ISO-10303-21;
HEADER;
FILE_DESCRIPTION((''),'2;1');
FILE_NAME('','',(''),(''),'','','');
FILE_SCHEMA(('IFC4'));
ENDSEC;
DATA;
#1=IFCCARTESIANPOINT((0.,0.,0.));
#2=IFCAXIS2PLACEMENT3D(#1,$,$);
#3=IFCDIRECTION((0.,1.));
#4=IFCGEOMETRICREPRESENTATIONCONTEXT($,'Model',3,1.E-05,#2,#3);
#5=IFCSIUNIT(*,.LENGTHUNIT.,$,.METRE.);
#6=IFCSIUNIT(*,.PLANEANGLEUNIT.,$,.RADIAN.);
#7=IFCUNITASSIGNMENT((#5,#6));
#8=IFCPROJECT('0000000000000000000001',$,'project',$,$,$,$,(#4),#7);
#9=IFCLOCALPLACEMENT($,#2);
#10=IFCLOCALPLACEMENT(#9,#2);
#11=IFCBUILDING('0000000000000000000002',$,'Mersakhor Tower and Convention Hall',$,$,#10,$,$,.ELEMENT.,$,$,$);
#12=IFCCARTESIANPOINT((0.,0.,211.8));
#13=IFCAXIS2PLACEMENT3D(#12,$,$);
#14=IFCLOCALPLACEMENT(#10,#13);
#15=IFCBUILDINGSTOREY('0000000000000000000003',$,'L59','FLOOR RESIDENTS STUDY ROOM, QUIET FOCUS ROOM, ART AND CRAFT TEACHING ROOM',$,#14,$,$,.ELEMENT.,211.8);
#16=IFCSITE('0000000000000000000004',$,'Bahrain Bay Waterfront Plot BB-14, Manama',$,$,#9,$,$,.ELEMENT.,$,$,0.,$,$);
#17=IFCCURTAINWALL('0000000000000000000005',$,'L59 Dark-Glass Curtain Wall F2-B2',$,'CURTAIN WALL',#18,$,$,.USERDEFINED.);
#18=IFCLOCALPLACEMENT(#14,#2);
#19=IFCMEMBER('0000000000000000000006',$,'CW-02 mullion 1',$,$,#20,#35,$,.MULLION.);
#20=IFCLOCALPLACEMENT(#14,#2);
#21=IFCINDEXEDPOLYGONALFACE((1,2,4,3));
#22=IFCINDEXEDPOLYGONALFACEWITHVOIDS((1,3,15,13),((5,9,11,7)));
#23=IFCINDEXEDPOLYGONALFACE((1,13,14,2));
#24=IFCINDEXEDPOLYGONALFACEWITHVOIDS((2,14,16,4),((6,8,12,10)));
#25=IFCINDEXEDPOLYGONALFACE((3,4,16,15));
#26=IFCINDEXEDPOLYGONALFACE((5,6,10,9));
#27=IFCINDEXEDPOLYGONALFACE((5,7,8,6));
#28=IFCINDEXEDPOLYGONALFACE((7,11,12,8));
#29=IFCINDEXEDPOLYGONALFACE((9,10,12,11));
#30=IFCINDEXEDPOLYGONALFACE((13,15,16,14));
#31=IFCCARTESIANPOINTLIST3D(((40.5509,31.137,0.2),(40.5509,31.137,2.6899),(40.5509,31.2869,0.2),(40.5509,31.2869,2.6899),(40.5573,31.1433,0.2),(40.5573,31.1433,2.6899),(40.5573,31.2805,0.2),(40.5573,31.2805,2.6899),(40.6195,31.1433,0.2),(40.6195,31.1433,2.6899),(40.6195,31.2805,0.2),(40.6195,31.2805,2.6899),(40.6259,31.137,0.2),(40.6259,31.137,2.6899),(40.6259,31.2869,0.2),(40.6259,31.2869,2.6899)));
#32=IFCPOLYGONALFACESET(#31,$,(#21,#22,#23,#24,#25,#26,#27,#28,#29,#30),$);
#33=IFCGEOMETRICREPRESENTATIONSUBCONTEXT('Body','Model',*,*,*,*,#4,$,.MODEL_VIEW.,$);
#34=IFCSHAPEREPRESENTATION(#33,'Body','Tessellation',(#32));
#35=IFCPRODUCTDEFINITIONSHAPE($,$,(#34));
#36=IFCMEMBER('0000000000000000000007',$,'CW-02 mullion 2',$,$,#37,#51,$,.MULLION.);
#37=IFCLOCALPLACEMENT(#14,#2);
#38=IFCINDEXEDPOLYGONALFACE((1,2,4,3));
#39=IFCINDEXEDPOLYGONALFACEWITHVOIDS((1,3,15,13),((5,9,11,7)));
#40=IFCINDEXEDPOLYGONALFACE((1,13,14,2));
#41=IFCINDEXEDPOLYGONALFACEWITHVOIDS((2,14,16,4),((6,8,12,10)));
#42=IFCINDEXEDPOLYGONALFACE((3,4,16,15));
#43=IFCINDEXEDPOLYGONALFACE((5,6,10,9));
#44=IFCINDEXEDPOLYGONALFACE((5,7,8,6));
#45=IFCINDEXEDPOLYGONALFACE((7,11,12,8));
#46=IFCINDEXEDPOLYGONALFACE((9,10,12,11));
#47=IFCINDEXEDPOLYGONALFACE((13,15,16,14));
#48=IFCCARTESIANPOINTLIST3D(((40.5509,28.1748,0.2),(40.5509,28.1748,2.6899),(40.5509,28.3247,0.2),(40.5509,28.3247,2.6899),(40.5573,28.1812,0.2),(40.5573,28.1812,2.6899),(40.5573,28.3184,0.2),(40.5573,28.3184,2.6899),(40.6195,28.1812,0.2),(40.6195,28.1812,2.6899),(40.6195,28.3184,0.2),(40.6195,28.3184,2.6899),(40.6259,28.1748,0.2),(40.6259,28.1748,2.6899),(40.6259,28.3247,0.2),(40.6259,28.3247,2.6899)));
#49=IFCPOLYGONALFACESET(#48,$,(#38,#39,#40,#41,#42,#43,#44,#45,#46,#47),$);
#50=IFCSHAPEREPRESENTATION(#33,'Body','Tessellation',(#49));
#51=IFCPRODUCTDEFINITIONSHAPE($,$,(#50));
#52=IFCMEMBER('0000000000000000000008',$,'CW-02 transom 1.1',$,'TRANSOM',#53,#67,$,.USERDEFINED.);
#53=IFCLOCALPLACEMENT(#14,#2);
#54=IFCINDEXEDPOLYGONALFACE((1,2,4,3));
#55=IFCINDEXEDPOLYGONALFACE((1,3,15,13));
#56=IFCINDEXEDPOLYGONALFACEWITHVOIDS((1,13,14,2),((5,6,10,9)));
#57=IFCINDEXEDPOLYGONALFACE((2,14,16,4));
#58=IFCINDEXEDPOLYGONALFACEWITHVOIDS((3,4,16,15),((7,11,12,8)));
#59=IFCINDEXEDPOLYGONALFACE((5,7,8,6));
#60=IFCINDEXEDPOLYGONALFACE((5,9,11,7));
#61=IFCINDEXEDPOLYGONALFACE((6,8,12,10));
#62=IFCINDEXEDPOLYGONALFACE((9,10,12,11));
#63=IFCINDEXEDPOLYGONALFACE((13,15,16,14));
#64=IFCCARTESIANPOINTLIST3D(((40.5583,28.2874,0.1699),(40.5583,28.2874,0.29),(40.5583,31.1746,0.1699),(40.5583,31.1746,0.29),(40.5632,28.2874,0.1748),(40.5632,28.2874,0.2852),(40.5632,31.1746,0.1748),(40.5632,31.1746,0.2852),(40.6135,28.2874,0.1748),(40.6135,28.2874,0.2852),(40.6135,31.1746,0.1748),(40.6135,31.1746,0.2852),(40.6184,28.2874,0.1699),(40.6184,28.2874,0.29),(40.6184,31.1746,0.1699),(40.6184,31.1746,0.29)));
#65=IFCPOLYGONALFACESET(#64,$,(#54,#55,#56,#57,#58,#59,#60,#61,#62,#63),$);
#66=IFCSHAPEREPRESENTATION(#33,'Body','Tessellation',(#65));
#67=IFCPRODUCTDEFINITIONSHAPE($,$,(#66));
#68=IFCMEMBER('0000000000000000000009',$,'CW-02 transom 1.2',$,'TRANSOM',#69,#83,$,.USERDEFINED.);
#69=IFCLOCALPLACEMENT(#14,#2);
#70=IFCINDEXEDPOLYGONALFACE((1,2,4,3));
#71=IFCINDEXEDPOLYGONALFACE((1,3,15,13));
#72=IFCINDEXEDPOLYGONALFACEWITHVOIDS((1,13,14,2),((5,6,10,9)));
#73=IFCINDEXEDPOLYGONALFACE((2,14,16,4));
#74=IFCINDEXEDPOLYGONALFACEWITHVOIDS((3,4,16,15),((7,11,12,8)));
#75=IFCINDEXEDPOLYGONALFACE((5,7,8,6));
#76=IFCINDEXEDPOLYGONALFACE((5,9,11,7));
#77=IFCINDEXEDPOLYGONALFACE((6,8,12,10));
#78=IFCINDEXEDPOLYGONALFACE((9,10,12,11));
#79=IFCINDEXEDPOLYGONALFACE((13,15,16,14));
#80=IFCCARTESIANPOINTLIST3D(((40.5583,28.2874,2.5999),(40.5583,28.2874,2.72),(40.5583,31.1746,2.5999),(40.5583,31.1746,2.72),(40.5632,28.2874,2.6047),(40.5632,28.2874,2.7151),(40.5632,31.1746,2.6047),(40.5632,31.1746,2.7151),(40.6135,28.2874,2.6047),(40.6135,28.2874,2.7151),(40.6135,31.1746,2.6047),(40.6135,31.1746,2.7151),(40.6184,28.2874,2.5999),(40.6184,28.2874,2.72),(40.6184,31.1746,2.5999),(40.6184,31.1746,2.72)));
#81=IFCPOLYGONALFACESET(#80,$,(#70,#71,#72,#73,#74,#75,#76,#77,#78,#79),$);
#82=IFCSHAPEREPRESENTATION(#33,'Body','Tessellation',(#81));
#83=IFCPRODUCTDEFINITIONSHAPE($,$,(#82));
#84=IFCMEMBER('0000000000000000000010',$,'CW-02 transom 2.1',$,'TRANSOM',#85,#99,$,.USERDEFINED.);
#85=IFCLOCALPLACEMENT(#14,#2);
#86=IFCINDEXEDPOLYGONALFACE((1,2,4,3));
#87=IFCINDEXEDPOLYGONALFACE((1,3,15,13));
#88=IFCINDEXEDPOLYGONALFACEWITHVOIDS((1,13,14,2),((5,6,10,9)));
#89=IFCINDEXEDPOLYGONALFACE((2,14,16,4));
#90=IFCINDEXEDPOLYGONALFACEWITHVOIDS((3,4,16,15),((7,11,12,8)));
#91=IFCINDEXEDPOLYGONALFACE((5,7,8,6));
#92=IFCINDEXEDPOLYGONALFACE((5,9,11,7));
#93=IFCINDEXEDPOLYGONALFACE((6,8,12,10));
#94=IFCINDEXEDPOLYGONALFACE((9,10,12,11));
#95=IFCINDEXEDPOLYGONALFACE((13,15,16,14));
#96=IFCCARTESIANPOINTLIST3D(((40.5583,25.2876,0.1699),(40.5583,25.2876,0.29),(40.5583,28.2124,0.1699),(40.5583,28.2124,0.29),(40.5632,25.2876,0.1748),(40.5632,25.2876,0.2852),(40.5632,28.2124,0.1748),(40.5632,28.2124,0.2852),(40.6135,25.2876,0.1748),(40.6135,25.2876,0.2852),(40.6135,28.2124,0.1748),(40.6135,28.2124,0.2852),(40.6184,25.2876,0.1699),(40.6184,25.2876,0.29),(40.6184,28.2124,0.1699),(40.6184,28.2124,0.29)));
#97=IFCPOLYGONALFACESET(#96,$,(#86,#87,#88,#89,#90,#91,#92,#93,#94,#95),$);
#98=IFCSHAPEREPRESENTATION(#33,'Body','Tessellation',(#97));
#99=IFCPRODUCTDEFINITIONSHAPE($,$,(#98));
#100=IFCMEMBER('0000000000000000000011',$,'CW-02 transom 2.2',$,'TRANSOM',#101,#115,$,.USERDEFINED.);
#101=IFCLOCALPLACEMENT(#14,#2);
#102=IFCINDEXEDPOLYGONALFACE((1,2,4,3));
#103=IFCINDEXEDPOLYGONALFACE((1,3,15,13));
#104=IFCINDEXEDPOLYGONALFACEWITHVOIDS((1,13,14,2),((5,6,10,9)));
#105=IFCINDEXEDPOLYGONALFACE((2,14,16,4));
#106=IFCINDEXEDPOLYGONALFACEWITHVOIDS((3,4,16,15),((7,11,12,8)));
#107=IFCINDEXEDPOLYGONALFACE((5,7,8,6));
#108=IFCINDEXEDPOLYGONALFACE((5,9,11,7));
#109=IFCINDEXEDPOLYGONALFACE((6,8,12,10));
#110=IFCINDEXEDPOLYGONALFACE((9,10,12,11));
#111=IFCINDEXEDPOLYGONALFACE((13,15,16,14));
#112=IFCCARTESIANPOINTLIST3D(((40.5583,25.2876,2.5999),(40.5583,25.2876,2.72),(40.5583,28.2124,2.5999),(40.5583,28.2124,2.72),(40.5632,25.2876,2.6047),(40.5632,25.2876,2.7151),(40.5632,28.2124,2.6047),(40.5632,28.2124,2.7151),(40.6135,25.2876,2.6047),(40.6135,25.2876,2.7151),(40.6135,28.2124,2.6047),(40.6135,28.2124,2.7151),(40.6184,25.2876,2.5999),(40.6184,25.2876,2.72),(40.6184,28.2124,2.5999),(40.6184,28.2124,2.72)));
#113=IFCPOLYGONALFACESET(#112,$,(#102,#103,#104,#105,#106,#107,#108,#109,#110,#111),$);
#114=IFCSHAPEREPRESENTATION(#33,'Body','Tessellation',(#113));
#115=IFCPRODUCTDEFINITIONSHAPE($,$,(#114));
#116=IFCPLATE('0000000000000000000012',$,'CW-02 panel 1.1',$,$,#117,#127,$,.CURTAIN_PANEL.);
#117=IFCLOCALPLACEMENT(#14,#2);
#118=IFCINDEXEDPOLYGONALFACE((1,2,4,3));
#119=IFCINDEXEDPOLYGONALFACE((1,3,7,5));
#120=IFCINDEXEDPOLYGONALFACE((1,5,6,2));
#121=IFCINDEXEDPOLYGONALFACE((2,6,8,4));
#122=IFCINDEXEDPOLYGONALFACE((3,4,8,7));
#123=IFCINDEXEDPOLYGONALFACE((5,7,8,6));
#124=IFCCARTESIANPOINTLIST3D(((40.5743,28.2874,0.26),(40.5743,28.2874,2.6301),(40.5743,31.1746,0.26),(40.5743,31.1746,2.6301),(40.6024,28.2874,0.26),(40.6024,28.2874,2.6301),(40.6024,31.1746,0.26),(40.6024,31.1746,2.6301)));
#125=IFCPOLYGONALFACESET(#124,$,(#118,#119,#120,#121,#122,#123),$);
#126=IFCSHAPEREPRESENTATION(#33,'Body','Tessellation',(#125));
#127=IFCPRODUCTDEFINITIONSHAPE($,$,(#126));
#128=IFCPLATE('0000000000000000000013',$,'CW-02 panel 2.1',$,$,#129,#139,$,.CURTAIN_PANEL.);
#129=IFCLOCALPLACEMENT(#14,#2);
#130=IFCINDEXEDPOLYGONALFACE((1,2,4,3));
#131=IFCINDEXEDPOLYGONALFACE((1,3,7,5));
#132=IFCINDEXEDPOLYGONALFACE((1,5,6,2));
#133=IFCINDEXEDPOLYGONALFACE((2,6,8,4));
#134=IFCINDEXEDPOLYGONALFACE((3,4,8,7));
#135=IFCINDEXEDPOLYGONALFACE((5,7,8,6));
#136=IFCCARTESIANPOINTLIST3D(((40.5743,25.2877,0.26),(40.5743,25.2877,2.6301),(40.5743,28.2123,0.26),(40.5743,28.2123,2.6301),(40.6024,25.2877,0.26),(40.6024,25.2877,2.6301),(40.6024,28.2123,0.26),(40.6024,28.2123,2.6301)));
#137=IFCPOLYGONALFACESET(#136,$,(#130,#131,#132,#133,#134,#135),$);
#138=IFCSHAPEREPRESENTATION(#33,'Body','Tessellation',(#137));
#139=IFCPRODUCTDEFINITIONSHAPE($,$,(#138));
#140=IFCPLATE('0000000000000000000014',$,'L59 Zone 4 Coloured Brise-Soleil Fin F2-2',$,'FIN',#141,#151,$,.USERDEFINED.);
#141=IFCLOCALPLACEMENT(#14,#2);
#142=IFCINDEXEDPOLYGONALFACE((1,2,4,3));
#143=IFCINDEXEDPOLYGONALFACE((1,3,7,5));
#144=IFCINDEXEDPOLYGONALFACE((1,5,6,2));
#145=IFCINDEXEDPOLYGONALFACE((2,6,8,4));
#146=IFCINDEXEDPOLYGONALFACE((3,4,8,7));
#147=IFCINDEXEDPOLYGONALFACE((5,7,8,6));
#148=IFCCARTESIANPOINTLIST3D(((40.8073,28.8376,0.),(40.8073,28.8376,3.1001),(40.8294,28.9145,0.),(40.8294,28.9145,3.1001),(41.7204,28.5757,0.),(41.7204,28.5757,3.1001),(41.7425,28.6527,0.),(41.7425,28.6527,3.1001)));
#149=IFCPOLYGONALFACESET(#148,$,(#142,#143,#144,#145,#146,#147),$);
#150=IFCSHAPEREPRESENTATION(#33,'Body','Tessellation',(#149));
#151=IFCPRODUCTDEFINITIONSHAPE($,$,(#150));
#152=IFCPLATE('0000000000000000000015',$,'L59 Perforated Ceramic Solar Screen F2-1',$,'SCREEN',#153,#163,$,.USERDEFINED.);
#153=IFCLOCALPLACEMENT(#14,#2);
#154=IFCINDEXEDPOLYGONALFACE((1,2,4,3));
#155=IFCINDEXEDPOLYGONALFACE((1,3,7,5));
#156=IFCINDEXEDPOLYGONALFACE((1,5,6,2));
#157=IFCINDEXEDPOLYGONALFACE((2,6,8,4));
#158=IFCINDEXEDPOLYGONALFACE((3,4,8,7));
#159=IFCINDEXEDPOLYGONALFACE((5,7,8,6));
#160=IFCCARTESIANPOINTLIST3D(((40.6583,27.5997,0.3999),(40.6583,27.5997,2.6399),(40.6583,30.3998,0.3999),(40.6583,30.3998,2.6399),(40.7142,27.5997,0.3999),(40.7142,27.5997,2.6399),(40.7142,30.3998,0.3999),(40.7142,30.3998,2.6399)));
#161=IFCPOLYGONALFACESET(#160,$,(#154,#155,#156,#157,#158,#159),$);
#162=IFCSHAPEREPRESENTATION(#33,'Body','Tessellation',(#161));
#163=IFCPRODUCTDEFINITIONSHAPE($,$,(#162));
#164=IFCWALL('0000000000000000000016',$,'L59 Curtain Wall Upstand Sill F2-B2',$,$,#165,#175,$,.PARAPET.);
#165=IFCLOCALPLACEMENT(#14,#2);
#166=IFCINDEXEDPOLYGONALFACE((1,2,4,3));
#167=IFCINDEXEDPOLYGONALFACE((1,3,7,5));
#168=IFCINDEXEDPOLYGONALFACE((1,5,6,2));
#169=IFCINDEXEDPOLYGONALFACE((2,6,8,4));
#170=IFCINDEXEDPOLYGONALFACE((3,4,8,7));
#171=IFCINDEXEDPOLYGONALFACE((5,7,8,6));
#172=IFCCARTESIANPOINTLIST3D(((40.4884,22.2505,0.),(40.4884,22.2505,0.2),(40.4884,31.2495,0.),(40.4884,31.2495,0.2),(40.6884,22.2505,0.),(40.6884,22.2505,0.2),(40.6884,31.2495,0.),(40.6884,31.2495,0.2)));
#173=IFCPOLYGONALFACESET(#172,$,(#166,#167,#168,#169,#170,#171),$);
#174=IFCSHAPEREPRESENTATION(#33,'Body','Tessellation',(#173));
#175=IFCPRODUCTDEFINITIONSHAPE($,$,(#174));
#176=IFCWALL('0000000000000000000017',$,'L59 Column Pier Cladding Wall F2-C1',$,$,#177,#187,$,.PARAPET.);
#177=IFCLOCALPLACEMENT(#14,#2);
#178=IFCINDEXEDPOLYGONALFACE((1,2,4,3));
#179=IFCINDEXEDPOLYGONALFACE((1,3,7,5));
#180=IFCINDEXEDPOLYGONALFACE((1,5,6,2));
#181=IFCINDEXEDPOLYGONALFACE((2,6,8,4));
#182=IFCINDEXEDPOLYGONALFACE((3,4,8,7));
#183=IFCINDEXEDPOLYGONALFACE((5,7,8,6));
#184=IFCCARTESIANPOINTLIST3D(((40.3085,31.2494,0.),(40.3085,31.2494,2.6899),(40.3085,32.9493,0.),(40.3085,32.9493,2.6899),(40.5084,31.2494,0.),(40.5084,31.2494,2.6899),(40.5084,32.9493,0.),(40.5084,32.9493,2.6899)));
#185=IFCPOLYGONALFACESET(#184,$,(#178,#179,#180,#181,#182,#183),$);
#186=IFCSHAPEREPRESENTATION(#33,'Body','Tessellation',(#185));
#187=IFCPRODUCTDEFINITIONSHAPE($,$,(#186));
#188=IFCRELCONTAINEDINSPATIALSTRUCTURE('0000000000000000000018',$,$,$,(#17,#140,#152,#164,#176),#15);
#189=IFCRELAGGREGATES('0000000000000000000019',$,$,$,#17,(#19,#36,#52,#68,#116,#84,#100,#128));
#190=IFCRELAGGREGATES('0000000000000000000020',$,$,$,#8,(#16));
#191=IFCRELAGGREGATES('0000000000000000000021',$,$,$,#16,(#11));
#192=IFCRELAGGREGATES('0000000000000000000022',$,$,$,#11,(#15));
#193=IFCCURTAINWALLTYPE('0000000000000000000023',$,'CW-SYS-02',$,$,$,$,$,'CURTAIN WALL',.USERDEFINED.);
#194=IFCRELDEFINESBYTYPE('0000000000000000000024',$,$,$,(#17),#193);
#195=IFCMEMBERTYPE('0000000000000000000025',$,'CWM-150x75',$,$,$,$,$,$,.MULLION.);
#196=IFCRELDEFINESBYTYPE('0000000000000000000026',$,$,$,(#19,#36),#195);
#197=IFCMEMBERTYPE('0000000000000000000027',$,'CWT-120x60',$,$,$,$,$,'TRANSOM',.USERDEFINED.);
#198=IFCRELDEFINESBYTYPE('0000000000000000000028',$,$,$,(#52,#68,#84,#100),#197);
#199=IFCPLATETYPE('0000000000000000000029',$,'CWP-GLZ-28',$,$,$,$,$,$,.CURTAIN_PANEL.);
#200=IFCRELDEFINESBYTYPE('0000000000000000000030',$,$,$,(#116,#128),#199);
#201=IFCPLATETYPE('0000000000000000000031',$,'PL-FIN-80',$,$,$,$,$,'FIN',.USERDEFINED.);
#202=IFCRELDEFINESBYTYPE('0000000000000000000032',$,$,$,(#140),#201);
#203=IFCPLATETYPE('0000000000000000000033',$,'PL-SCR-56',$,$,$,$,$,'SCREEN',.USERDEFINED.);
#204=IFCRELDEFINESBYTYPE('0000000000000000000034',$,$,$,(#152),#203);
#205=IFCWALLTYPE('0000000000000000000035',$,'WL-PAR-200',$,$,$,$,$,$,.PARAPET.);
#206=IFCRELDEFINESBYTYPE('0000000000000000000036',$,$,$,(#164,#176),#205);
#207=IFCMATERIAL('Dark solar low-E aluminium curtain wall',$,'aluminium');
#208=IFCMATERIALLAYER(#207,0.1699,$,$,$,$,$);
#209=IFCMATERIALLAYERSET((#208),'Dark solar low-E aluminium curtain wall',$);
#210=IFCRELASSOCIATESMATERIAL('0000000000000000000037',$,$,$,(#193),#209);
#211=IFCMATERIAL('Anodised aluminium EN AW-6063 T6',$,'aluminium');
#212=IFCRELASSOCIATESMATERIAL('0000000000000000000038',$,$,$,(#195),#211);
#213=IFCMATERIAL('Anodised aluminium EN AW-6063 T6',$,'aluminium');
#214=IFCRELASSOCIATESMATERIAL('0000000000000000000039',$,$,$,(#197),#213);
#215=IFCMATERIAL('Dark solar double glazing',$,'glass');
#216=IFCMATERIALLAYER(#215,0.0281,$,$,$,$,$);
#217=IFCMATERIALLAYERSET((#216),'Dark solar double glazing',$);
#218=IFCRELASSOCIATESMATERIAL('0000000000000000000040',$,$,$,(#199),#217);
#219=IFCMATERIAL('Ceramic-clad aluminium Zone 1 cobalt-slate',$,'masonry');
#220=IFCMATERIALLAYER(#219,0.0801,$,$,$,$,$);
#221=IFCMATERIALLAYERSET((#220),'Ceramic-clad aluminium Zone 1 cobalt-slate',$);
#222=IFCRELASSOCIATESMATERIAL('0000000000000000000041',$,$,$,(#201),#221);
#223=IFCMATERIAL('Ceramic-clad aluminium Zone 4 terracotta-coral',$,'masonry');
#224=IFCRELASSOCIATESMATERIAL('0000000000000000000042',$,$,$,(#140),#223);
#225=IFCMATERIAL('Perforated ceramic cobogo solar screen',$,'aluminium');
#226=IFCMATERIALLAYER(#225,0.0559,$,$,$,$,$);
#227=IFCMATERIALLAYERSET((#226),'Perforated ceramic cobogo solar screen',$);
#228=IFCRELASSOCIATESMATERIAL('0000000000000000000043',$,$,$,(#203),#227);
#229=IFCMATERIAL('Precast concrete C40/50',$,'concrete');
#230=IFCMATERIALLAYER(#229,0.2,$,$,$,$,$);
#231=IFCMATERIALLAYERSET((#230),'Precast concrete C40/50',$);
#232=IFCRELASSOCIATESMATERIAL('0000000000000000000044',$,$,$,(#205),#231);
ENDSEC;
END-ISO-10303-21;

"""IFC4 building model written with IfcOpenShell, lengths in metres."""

from ifc_helpers import new_model, si_unit, direction, frame, frame_2d, origin, origin_2d, place, context, subcontext, project, spatial, rectangle, hollow_rectangle, extrude, material, layer, layer_set, material_profile, profile_set, type_object, element, aggregate, save


model = new_model("IFC4")

# Units and contexts
model_context = context("Model", 3, precision=1e-05, world=origin(), true_north=direction((0.0, 1.0)))
body_context = subcontext(model_context, "Body", "Model", "MODEL_VIEW")
ifc_project = project(units=[si_unit("LENGTHUNIT", "METRE"), si_unit("PLANEANGLEUNIT", "RADIAN")], contexts=[model_context])

# Site, building, storey
site_placement = place(None, origin())
site = spatial("IfcSite", under=ifc_project, at=site_placement, Name="Bahrain Bay Waterfront Plot BB-14, Manama", CompositionType="ELEMENT", RefElevation=0.0)
building_placement = place(site_placement, origin())
building = spatial("IfcBuilding", under=site, at=building_placement, Name="Mersakhor Tower and Convention Hall", CompositionType="ELEMENT")
storey_placement = place(building_placement, frame((0.0, 0.0, 211.8)))
storey = spatial("IfcBuildingStorey", under=building, at=storey_placement, Name="L59", Description="FLOOR RESIDENTS STUDY ROOM, QUIET FOCUS ROOM, ART AND CRAFT TEACHING ROOM", CompositionType="ELEMENT", Elevation=211.8)

# Curtain wall, members, plates
ifc_material_1 = material(Name="Dark solar low-E aluminium curtain wall", Category="aluminium")
ifc_layer_1 = layer(ifc_material_1, 0.1699)
ifc_layer_set_1 = layer_set([ifc_layer_1], Name="Dark solar low-E aluminium curtain wall")
curtain_wall_type = type_object("IfcCurtainWallType", Name="CW-SYS-02", ElementType="CURTAIN WALL", PredefinedType="USERDEFINED", material=ifc_layer_set_1)
curtain_wall_placement = place(storey_placement, origin())
curtain_wall = element("IfcCurtainWall", 1, at=curtain_wall_placement, inside=storey, type_object=curtain_wall_type, Name="L59 Dark-Glass Curtain Wall F2-B2", ObjectType="CURTAIN WALL", PredefinedType="USERDEFINED")
ifc_material_2 = material(Name="Anodised aluminium EN AW-6063 T6", Category="aluminium")
ifc_material_profile_1 = material_profile(ifc_material_2, hollow_rectangle(XDim=0.075, YDim=0.1499, WallThickness=0.0063, at=origin_2d()), Name="RHS 150x75x6.3")
ifc_profile_set_1 = profile_set([ifc_material_profile_1], Name="Anodised aluminium EN AW-6063 T6")
member_type_1 = type_object("IfcMemberType", Name="CWM-150x75", PredefinedType="MULLION", material=ifc_profile_set_1)
member_1_placement = place(storey_placement, frame((40.5884, 31.2119, 0.2), z_axis=(0.0, 0.0, 1.0), x_axis=(1.0, 0.0, 0.0)))
member_1 = element("IfcMember", 2, at=member_1_placement, type_object=member_type_1, Name="CW-02 mullion 1", PredefinedType="MULLION", context=body_context, shape_type="SweptSolid", body=[
    extrude(hollow_rectangle(XDim=0.075, YDim=0.1499, WallThickness=0.0063, at=origin_2d()), origin(), (0.0, 0.0, 1.0), 2.49),
])
member_2_placement = place(storey_placement, frame((40.5884, 28.2498, 0.2), z_axis=(0.0, 0.0, 1.0), x_axis=(1.0, 0.0, 0.0)))
member_2 = element("IfcMember", 3, at=member_2_placement, type_object=member_type_1, Name="CW-02 mullion 2", PredefinedType="MULLION", context=body_context, shape_type="SweptSolid", body=[
    extrude(hollow_rectangle(XDim=0.075, YDim=0.1499, WallThickness=0.0063, at=origin_2d()), origin(), (0.0, 0.0, 1.0), 2.49),
])
ifc_material_3 = material(Name="Anodised aluminium EN AW-6063 T6", Category="aluminium")
ifc_material_profile_2 = material_profile(ifc_material_3, hollow_rectangle(XDim=0.0601, YDim=0.1201, WallThickness=0.0049, at=origin_2d()), Name="RHS 120x60x5")
ifc_profile_set_2 = profile_set([ifc_material_profile_2], Name="Anodised aluminium EN AW-6063 T6")
member_type_2 = type_object("IfcMemberType", Name="CWT-120x60", ElementType="TRANSOM", PredefinedType="USERDEFINED", material=ifc_profile_set_2)
member_3_placement = place(storey_placement, frame((40.5884, 31.1746, 0.23), z_axis=(0.0, -1.0, 0.0), x_axis=(1.0, 0.0, 0.0)))
member_3 = element("IfcMember", 4, at=member_3_placement, type_object=member_type_2, Name="CW-02 transom 1.1", ObjectType="TRANSOM", PredefinedType="USERDEFINED", context=body_context, shape_type="SweptSolid", body=[
    extrude(hollow_rectangle(XDim=0.0601, YDim=0.1201, WallThickness=0.0049, at=origin_2d()), origin(), (0.0, 0.0, 1.0), 2.8872),
])
member_4_placement = place(storey_placement, frame((40.5884, 31.1746, 2.6599), z_axis=(0.0, -1.0, 0.0), x_axis=(1.0, 0.0, 0.0)))
member_4 = element("IfcMember", 5, at=member_4_placement, type_object=member_type_2, Name="CW-02 transom 1.2", ObjectType="TRANSOM", PredefinedType="USERDEFINED", context=body_context, shape_type="SweptSolid", body=[
    extrude(hollow_rectangle(XDim=0.0601, YDim=0.1201, WallThickness=0.0049, at=origin_2d()), origin(), (0.0, 0.0, 1.0), 2.8872),
])
member_5_placement = place(storey_placement, frame((40.5884, 28.2124, 0.23), z_axis=(0.0, -1.0, 0.0), x_axis=(1.0, 0.0, 0.0)))
member_5 = element("IfcMember", 6, at=member_5_placement, type_object=member_type_2, Name="CW-02 transom 2.1", ObjectType="TRANSOM", PredefinedType="USERDEFINED", context=body_context, shape_type="SweptSolid", body=[
    extrude(hollow_rectangle(XDim=0.0601, YDim=0.1201, WallThickness=0.0049, at=origin_2d()), origin(), (0.0, 0.0, 1.0), 2.9248),
])
member_6_placement = place(storey_placement, frame((40.5884, 28.2124, 2.6599), z_axis=(0.0, -1.0, 0.0), x_axis=(1.0, 0.0, 0.0)))
member_6 = element("IfcMember", 7, at=member_6_placement, type_object=member_type_2, Name="CW-02 transom 2.2", ObjectType="TRANSOM", PredefinedType="USERDEFINED", context=body_context, shape_type="SweptSolid", body=[
    extrude(hollow_rectangle(XDim=0.0601, YDim=0.1201, WallThickness=0.0049, at=origin_2d()), origin(), (0.0, 0.0, 1.0), 2.9248),
])
ifc_material_4 = material(Name="Dark solar double glazing", Category="glass")
ifc_layer_2 = layer(ifc_material_4, 0.0281)
ifc_layer_set_2 = layer_set([ifc_layer_2], Name="Dark solar double glazing")
plate_type_1 = type_object("IfcPlateType", Name="CWP-GLZ-28", PredefinedType="CURTAIN_PANEL", material=ifc_layer_set_2)
plate_1_placement = place(storey_placement, frame((40.5884, 29.731, 0.26), z_axis=(0.0, 0.0, 1.0), x_axis=(0.0, -1.0, 0.0)))
plate_1 = element("IfcPlate", 8, at=plate_1_placement, type_object=plate_type_1, Name="CW-02 panel 1.1", PredefinedType="CURTAIN_PANEL", context=body_context, shape_type="SweptSolid", body=[
    extrude(rectangle(XDim=2.8872, YDim=0.0281, at=origin_2d()), origin(), (0.0, 0.0, 1.0), 2.3701),
])
plate_2_placement = place(storey_placement, frame((40.5884, 26.75, 0.26), z_axis=(0.0, 0.0, 1.0), x_axis=(0.0, -1.0, 0.0)))
plate_2 = element("IfcPlate", 9, at=plate_2_placement, type_object=plate_type_1, Name="CW-02 panel 2.1", PredefinedType="CURTAIN_PANEL", context=body_context, shape_type="SweptSolid", body=[
    extrude(rectangle(XDim=2.9246, YDim=0.0281, at=origin_2d()), origin(), (0.0, 0.0, 1.0), 2.3701),
])
aggregate(curtain_wall, [member_1, member_2, member_3, member_4, plate_1, member_5, member_6, plate_2])

# Plates
ifc_material_5 = material(Name="Ceramic-clad aluminium Zone 4 terracotta-coral", Category="masonry")
ifc_material_6 = material(Name="Ceramic-clad aluminium Zone 1 cobalt-slate", Category="masonry")
ifc_layer_3 = layer(ifc_material_6, 0.0801)
ifc_layer_set_3 = layer_set([ifc_layer_3], Name="Ceramic-clad aluminium Zone 1 cobalt-slate")
plate_type_2 = type_object("IfcPlateType", Name="PL-FIN-80", ElementType="FIN", PredefinedType="USERDEFINED", material=ifc_layer_set_3)
plate_3_placement = place(storey_placement, frame((41.2749, 28.7451, 0.0), z_axis=(0.0, 0.0, 1.0), x_axis=(0.961262, -0.275637, 0.0)))
element("IfcPlate", 10, at=plate_3_placement, inside=storey, type_object=plate_type_2, material=ifc_material_5, Name="L59 Zone 4 Coloured Brise-Soleil Fin F2-2", ObjectType="FIN", PredefinedType="USERDEFINED", context=body_context, shape_type="SweptSolid", body=[
    extrude(rectangle(XDim=0.95, YDim=0.0801, at=origin_2d()), origin(), (0.0, 0.0, 1.0), 3.1001),
])
ifc_material_7 = material(Name="Perforated ceramic cobogo solar screen", Category="aluminium")
ifc_layer_4 = layer(ifc_material_7, 0.0559)
ifc_layer_set_4 = layer_set([ifc_layer_4], Name="Perforated ceramic cobogo solar screen")
plate_type_3 = type_object("IfcPlateType", Name="PL-SCR-56", ElementType="SCREEN", PredefinedType="USERDEFINED", material=ifc_layer_set_4)
plate_4_placement = place(storey_placement, frame((40.6863, 28.9998, 0.3999), z_axis=(0.0, 0.0, 1.0), x_axis=(0.0, -1.0, 0.0)))
element("IfcPlate", 11, at=plate_4_placement, inside=storey, type_object=plate_type_3, Name="L59 Perforated Ceramic Solar Screen F2-1", ObjectType="SCREEN", PredefinedType="USERDEFINED", context=body_context, shape_type="SweptSolid", body=[
    extrude(rectangle(XDim=2.8, YDim=0.0559, at=origin_2d()), origin(), (0.0, 0.0, 1.0), 2.24),
])

# Walls
ifc_material_8 = material(Name="Precast concrete C40/50", Category="concrete")
ifc_layer_5 = layer(ifc_material_8, 0.2)
ifc_layer_set_5 = layer_set([ifc_layer_5], Name="Precast concrete C40/50")
wall_type_1 = type_object("IfcWallType", Name="WL-PAR-200", PredefinedType="PARAPET", material=ifc_layer_set_5)
wall_1_placement = place(storey_placement, frame((40.5884, 31.2495, 0.0), z_axis=(0.0, 0.0, 1.0), x_axis=(0.0, -1.0, 0.0)))
element("IfcWall", 12, at=wall_1_placement, inside=storey, type_object=wall_type_1, Name="L59 Curtain Wall Upstand Sill F2-B2", PredefinedType="PARAPET", context=body_context, shape_type="SweptSolid", body=[
    extrude(rectangle(XDim=8.999, YDim=0.2, at=frame_2d((4.4995, 0.0))), origin(), (0.0, 0.0, 1.0), 0.2),
])
wall_2_placement = place(storey_placement, frame((40.4084, 32.9495, 0.0), z_axis=(0.0, 0.0, 1.0), x_axis=(0.0, -1.0, 0.0)))
element("IfcWall", 13, at=wall_2_placement, inside=storey, type_object=wall_type_1, Name="L59 Column Pier Cladding Wall F2-C1", PredefinedType="PARAPET", context=body_context, shape_type="SweptSolid", body=[
    extrude(rectangle(XDim=1.7, YDim=0.2, at=frame_2d((0.8501, 0.0))), origin(), (0.0, 0.0, 1.0), 2.6899),
])

save(model, "model.ifc")
